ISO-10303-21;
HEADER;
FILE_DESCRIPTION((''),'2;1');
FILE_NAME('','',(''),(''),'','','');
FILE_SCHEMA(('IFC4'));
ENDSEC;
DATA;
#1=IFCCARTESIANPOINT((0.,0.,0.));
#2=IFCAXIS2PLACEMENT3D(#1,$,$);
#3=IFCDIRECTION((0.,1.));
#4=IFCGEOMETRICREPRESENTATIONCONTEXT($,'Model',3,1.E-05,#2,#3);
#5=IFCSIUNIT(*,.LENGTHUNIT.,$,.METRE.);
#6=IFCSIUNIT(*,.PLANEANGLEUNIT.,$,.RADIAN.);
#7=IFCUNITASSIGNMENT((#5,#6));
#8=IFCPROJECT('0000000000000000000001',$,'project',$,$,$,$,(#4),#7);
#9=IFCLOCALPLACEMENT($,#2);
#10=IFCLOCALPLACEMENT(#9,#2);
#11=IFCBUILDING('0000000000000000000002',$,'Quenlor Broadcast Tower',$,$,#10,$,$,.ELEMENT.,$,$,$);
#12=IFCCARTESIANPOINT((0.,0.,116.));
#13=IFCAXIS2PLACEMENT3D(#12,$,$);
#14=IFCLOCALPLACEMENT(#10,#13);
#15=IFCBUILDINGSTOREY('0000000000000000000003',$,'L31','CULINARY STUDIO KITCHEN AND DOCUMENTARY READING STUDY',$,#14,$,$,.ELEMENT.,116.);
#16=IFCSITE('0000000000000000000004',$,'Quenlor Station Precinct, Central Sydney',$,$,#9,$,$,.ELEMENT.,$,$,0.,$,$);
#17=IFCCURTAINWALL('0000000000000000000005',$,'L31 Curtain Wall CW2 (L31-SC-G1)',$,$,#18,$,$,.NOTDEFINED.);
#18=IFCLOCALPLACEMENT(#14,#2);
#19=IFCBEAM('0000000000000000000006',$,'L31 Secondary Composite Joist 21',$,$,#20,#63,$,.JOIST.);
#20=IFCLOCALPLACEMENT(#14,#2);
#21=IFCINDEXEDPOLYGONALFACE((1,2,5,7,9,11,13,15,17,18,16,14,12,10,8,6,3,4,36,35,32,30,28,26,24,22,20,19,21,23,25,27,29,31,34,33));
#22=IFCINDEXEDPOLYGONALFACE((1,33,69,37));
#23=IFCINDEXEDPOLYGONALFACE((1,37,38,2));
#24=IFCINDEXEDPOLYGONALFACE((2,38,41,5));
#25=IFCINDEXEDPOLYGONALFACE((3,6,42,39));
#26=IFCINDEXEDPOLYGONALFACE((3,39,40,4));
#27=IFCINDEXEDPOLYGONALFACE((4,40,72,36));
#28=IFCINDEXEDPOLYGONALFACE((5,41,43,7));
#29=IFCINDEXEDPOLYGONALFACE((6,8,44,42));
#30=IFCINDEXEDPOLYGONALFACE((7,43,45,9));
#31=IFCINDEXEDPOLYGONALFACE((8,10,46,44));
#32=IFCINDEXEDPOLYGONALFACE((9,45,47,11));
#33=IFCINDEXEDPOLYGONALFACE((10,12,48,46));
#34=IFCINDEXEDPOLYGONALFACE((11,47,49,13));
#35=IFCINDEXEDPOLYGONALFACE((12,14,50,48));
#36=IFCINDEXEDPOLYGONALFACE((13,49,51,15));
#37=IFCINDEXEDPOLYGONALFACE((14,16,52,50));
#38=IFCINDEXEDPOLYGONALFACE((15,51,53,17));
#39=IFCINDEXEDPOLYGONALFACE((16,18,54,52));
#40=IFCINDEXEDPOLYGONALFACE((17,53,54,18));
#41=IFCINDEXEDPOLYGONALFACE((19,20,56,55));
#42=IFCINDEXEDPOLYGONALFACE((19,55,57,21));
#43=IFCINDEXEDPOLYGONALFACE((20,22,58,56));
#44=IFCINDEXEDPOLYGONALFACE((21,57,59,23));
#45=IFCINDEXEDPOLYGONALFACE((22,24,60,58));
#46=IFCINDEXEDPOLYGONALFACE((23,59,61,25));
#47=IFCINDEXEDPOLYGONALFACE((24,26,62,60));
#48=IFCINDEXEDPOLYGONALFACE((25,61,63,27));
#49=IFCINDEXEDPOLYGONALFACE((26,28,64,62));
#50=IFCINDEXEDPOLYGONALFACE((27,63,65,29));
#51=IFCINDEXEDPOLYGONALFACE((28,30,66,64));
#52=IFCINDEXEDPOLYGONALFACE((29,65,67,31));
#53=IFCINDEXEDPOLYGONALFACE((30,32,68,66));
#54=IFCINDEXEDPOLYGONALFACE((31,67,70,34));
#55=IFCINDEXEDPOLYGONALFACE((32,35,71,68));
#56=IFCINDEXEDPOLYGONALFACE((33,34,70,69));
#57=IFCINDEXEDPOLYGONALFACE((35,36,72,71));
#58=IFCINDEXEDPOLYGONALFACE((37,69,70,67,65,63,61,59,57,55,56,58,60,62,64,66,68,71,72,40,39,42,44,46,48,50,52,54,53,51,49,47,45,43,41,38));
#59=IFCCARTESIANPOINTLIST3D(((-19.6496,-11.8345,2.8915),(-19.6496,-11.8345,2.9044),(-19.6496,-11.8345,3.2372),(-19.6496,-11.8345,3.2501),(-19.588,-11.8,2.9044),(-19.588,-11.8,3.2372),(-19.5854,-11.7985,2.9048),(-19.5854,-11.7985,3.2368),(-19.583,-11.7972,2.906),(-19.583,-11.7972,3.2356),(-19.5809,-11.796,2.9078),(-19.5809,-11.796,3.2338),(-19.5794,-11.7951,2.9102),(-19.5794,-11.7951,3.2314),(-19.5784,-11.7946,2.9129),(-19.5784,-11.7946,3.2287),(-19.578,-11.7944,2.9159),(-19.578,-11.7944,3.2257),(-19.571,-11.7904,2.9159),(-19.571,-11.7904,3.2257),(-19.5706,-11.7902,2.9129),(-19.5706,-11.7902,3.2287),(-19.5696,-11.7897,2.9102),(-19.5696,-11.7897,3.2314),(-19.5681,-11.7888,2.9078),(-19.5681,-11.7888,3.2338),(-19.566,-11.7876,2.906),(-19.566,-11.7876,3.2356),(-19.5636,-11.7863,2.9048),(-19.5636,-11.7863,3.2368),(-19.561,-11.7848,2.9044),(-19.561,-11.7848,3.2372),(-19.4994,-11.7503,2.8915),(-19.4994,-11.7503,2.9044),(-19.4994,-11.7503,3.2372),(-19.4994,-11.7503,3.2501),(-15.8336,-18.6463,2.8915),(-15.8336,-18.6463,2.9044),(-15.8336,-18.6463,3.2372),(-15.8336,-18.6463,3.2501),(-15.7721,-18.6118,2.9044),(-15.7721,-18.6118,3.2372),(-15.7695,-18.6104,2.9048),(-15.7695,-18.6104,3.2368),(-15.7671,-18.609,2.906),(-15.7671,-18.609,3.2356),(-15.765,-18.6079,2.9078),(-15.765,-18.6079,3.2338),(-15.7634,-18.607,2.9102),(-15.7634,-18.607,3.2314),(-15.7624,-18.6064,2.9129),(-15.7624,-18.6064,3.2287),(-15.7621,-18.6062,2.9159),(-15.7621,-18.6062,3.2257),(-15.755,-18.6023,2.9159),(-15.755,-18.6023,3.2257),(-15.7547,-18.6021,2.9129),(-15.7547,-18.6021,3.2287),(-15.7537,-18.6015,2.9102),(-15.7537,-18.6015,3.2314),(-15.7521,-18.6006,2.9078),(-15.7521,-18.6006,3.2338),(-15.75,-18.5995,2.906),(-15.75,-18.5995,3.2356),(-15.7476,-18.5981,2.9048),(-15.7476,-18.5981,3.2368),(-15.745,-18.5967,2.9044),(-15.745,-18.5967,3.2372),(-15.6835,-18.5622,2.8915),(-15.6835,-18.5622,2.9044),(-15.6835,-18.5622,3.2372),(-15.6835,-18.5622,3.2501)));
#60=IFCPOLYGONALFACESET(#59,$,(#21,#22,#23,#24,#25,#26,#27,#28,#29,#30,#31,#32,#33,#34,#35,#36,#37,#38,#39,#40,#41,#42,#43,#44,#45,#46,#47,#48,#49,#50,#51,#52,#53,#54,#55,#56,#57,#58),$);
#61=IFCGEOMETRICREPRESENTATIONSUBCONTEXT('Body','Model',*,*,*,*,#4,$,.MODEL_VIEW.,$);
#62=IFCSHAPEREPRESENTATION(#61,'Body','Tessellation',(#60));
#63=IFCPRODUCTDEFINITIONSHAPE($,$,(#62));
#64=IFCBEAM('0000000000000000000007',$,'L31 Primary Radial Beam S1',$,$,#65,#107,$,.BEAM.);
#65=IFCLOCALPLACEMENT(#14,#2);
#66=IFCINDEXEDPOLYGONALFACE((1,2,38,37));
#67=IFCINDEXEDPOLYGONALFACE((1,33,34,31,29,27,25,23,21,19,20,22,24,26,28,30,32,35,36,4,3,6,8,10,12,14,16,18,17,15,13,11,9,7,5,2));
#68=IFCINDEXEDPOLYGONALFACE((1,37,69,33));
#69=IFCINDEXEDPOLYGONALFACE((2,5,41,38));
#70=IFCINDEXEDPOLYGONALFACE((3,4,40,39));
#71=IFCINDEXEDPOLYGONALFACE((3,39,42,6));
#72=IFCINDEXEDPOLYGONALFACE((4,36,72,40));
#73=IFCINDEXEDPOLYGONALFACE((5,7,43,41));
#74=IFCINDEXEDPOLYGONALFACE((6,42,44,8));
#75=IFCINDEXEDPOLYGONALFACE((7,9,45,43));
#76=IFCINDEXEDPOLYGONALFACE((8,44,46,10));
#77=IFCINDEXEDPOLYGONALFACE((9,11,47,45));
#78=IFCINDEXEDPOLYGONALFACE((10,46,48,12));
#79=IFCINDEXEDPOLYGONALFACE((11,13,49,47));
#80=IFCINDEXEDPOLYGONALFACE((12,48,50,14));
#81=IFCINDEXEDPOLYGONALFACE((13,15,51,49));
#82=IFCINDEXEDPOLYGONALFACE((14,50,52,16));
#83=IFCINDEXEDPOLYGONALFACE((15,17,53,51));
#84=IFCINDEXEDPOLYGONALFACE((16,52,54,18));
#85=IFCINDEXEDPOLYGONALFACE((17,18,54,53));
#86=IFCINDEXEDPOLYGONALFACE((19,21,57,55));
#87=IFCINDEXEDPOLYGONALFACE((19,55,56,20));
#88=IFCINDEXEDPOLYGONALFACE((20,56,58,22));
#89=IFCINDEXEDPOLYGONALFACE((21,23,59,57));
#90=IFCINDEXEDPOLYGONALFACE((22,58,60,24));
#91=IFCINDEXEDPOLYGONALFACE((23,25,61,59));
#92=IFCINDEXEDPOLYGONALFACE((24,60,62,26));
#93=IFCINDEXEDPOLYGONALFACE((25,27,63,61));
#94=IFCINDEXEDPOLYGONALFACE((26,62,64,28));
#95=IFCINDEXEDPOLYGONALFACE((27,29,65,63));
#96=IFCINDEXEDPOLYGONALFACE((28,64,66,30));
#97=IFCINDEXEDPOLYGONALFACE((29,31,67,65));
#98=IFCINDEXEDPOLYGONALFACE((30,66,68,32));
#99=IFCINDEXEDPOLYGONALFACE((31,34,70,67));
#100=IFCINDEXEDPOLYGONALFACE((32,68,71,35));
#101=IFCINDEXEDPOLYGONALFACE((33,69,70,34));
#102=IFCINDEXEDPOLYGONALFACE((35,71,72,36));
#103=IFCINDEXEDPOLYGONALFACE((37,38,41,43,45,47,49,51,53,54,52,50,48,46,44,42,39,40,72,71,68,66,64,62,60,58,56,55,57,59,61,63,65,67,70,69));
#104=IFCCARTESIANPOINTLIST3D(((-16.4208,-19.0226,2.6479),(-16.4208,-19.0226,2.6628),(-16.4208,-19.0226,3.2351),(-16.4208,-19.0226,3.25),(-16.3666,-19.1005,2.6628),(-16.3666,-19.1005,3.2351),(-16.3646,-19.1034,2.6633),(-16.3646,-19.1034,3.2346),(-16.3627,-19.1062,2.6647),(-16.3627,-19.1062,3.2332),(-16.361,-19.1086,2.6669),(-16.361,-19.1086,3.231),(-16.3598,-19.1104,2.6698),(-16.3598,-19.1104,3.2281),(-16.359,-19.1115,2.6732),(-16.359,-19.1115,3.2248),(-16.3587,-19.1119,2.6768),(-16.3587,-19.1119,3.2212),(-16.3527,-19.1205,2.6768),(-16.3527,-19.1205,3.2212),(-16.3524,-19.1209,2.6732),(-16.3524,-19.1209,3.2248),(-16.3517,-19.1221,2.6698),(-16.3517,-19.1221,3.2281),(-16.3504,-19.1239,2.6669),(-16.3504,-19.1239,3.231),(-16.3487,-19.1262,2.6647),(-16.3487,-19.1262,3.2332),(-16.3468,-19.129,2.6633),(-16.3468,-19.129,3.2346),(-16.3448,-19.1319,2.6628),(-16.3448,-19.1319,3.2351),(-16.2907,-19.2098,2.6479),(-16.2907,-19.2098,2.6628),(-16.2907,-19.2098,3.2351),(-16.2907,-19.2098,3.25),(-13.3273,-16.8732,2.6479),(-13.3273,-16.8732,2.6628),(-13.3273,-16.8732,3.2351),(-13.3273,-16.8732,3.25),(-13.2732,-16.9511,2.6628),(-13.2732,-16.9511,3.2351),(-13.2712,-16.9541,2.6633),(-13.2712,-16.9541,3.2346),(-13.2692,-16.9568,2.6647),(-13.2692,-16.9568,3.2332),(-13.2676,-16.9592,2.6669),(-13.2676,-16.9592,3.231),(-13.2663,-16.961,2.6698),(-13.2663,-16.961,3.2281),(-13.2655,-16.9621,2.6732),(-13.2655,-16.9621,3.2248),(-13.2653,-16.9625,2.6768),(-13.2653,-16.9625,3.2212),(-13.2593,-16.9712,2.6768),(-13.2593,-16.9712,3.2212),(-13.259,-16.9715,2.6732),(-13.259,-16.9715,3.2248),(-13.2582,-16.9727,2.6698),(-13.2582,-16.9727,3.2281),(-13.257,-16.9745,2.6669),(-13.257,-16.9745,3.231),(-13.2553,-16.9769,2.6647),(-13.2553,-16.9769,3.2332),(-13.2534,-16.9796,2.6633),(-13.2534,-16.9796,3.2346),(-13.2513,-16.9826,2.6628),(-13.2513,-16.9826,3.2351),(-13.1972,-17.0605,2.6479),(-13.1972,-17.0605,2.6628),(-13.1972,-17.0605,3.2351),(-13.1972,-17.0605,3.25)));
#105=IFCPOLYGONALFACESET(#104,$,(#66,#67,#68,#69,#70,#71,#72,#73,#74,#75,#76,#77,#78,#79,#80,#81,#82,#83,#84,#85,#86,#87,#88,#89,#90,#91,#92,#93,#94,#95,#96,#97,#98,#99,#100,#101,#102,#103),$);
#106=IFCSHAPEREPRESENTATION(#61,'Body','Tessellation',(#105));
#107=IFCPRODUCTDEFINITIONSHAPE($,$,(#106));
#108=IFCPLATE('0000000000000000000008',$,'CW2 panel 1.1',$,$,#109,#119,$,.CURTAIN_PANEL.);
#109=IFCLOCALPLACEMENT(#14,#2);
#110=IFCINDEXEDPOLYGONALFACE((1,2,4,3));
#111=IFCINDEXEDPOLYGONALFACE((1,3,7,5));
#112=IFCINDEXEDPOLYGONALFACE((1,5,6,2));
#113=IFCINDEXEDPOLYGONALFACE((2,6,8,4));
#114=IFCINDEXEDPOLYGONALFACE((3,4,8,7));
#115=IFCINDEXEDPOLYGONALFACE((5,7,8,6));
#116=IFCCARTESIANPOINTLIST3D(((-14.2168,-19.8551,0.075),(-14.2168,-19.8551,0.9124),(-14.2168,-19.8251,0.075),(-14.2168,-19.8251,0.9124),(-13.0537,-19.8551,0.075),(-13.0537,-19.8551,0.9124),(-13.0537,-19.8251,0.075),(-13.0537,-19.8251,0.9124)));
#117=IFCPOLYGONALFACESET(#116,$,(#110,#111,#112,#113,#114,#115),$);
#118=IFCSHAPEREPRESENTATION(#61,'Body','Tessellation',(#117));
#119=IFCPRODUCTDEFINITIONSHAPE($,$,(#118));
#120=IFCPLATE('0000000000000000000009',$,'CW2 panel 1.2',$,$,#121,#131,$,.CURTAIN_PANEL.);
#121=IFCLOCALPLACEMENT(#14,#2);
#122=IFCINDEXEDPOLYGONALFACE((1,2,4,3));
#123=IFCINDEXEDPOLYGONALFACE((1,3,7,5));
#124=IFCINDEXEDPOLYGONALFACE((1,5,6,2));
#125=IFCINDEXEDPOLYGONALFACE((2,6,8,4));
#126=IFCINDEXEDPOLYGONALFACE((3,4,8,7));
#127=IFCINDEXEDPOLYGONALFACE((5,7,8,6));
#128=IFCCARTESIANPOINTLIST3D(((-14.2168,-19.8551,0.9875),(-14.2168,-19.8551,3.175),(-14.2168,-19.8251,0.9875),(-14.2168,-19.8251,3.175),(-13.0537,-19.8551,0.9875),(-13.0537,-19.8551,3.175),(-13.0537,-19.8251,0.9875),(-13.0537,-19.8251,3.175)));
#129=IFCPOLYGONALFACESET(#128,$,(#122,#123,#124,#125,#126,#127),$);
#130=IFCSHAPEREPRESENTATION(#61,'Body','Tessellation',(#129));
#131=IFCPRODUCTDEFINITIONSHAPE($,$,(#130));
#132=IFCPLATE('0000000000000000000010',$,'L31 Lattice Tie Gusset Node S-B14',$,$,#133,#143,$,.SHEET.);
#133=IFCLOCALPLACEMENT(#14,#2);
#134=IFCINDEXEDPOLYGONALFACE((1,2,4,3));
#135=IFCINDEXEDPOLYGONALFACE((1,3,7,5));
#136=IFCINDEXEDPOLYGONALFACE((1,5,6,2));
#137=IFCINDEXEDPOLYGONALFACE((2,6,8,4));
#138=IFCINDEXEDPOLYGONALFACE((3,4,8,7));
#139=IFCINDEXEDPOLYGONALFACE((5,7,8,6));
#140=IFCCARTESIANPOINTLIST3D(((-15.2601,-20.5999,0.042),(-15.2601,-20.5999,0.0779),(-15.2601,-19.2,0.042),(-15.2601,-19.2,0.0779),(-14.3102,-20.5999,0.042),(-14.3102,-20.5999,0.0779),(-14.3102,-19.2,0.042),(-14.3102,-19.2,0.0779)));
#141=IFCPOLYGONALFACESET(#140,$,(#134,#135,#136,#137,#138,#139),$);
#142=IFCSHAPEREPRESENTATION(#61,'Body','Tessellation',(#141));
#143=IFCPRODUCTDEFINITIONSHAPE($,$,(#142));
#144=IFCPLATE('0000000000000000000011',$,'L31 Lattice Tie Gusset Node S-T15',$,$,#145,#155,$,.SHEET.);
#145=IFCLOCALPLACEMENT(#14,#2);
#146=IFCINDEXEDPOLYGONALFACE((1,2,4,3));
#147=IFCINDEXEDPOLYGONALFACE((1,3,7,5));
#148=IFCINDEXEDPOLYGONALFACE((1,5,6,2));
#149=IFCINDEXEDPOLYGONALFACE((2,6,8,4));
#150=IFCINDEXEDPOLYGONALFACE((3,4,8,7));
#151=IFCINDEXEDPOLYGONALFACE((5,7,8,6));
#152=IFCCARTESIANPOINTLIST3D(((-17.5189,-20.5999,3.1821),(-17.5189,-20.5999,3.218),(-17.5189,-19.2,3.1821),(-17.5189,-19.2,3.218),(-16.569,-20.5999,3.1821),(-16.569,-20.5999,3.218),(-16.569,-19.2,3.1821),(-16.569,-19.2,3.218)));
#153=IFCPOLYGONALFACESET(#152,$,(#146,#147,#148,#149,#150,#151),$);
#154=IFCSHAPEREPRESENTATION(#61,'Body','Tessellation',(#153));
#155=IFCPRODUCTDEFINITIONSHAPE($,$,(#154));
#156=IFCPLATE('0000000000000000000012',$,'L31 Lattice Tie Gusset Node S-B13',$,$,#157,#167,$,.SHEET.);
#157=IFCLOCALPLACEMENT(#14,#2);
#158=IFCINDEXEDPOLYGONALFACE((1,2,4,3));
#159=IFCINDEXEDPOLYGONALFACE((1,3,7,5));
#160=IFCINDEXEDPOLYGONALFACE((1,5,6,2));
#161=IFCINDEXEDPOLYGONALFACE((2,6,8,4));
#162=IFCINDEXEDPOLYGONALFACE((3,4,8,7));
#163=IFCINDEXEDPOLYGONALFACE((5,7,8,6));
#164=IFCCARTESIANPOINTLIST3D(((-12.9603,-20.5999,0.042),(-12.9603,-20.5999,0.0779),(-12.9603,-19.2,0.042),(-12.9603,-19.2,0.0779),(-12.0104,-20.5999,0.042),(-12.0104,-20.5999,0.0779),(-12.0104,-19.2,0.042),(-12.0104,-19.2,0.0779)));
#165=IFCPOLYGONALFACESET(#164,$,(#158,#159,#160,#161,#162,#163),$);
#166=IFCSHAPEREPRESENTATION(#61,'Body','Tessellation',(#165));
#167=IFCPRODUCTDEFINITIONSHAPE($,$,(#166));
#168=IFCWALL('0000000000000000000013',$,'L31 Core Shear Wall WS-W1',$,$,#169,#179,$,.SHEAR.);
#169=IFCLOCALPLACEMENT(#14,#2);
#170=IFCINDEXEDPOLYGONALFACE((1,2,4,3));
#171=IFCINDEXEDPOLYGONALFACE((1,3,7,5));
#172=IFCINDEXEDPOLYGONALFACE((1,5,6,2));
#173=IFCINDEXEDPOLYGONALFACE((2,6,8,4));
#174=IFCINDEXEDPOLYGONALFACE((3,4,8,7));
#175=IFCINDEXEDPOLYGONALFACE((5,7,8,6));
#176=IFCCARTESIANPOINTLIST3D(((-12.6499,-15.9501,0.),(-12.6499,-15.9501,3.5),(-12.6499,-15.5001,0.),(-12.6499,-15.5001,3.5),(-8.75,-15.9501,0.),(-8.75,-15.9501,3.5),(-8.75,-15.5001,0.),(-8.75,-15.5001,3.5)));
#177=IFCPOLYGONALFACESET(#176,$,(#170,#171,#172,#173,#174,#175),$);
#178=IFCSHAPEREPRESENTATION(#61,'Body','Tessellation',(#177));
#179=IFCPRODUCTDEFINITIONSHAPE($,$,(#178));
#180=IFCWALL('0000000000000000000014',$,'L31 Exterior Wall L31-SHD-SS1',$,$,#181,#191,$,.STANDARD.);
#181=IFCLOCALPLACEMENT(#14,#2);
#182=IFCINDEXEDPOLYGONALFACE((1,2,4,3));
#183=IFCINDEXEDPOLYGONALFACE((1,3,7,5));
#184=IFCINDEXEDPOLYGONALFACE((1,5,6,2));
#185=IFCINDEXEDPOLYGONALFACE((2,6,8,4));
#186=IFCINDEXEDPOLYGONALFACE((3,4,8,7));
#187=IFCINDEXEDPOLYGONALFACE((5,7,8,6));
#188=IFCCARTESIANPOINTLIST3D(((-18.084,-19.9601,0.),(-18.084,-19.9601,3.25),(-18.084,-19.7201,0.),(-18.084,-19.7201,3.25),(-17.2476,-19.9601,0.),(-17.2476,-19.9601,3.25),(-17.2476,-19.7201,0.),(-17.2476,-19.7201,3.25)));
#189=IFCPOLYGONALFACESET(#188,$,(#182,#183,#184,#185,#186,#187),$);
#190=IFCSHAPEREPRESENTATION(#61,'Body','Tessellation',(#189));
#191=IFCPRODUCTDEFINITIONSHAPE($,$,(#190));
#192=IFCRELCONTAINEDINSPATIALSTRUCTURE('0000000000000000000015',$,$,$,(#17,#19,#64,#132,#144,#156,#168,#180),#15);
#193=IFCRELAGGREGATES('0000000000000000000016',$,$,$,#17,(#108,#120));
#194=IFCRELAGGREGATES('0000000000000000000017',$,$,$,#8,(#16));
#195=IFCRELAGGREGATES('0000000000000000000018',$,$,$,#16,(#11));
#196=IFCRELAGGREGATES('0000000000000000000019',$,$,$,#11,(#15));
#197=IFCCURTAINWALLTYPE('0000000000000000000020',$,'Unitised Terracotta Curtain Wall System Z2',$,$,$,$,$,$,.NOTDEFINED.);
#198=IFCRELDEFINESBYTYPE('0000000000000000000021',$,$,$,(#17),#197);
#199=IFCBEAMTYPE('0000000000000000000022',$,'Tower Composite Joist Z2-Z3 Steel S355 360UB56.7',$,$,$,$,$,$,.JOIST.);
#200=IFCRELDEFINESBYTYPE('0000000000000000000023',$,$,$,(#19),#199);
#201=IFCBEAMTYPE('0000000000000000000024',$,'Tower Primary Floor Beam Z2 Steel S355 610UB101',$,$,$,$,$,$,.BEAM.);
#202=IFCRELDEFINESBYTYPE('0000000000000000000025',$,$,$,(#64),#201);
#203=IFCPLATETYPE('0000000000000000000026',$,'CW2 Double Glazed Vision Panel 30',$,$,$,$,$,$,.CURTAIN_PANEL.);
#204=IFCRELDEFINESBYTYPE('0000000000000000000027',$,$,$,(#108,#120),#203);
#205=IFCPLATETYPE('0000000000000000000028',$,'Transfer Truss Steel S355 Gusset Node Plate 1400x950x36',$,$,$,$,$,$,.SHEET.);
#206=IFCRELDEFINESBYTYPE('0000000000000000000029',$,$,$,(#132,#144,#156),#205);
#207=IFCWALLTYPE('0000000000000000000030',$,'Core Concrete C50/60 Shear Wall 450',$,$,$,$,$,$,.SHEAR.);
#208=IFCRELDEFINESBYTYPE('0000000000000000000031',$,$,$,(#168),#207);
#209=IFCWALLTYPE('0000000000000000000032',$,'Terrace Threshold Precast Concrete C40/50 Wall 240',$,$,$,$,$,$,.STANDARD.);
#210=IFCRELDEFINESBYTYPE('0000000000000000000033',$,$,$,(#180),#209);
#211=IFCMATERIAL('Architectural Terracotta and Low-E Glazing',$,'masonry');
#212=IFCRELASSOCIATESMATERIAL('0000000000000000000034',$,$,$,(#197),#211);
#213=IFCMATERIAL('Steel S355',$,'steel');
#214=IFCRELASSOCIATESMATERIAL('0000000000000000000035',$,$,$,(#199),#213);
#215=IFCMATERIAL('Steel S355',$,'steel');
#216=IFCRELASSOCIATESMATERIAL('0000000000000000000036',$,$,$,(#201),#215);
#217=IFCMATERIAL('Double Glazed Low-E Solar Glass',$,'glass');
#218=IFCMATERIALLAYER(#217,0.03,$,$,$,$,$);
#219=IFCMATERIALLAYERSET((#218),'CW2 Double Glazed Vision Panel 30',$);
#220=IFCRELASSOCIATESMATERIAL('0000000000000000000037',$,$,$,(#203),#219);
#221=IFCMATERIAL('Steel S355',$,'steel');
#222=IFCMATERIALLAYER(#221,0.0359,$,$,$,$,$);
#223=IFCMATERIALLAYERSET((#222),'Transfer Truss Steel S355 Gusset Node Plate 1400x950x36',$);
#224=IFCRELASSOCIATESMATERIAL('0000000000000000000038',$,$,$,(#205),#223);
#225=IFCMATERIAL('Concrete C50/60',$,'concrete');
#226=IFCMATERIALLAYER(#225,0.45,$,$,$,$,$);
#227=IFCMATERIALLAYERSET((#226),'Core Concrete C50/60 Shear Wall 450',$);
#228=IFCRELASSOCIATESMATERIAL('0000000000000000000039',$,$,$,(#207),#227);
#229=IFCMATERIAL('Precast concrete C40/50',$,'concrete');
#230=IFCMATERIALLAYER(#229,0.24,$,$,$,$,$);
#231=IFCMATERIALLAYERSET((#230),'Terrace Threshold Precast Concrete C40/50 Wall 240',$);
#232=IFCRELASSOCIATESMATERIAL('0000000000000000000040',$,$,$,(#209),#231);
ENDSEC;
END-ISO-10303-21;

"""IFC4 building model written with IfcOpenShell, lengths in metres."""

from ifc_helpers import new_model, si_unit, direction, frame, frame_2d, origin, origin_2d, place, context, subcontext, project, spatial, rectangle, i_section, extrude, material, layer, layer_set, material_profile, profile_set, type_object, element, aggregate, save


model = new_model("IFC4")

# Units and contexts
model_context = context("Model", 3, precision=1e-05, world=origin(), true_north=direction((0.0, 1.0)))
body_context = subcontext(model_context, "Body", "Model", "MODEL_VIEW")
ifc_project = project(units=[si_unit("LENGTHUNIT", "METRE"), si_unit("PLANEANGLEUNIT", "RADIAN")], contexts=[model_context])

# Site, building, storey
site_placement = place(None, origin())
site = spatial("IfcSite", under=ifc_project, at=site_placement, Name="Quenlor Station Precinct, Central Sydney", CompositionType="ELEMENT", RefElevation=0.0)
building_placement = place(site_placement, origin())
building = spatial("IfcBuilding", under=site, at=building_placement, Name="Quenlor Broadcast Tower", CompositionType="ELEMENT")
storey_placement = place(building_placement, frame((0.0, 0.0, 116.0)))
storey = spatial("IfcBuildingStorey", under=building, at=storey_placement, Name="L31", Description="CULINARY STUDIO KITCHEN AND DOCUMENTARY READING STUDY", CompositionType="ELEMENT", Elevation=116.0)

# Curtain wall
ifc_material_1 = material(Name="Architectural Terracotta and Low-E Glazing", Category="masonry")
curtain_wall_type = type_object("IfcCurtainWallType", Name="Unitised Terracotta Curtain Wall System Z2", PredefinedType="NOTDEFINED", material=ifc_material_1)
curtain_wall_placement = place(storey_placement, origin())
curtain_wall = element("IfcCurtainWall", 1, at=curtain_wall_placement, inside=storey, type_object=curtain_wall_type, Name="L31 Curtain Wall CW2 (L31-SC-G1)", PredefinedType="NOTDEFINED")

# Beams
ifc_material_2 = material(Name="Steel S355", Category="steel")
ifc_material_profile_1 = material_profile(ifc_material_2, i_section(OverallWidth=0.1721, OverallDepth=0.3586, WebThickness=0.0081, FlangeThickness=0.0129, FilletRadius=0.0115, at=origin_2d()))
ifc_profile_set_1 = profile_set([ifc_material_profile_1], Name="Steel S355 360UB56.7")
beam_type_1 = type_object("IfcBeamType", Name="Tower Composite Joist Z2-Z3 Steel S355 360UB56.7", PredefinedType="JOIST", material=ifc_profile_set_1)
beam_1_placement = place(storey_placement, frame((-15.7585, -18.6042, 3.0708), z_axis=(-0.488733, 0.872433, 0.0), x_axis=(-0.872433, -0.488733, 0.0)))
element("IfcBeam", 2, at=beam_1_placement, inside=storey, type_object=beam_type_1, Name="L31 Secondary Composite Joist 21", PredefinedType="JOIST", context=body_context, shape_type="SweptSolid", body=[
    extrude(i_section(OverallWidth=0.1721, OverallDepth=0.3586, WebThickness=0.0081, FlangeThickness=0.0129, FilletRadius=0.0115, at=origin_2d()), origin(), (0.0, 0.0, 1.0), 7.8079),
])
ifc_material_3 = material(Name="Steel S355", Category="steel")
ifc_material_profile_2 = material_profile(ifc_material_3, i_section(OverallWidth=0.228, OverallDepth=0.6021, WebThickness=0.0105, FlangeThickness=0.0149, FilletRadius=0.0139, at=origin_2d()))
ifc_profile_set_2 = profile_set([ifc_material_profile_2], Name="Steel S355 610UB101")
beam_type_2 = type_object("IfcBeamType", Name="Tower Primary Floor Beam Z2 Steel S355 610UB101", PredefinedType="BEAM", material=ifc_profile_set_2)
beam_2_placement = place(storey_placement, frame((-16.3557, -19.1162, 2.949), z_axis=(0.821227, 0.570601, 0.0), x_axis=(-0.570601, 0.821227, 0.0)))
element("IfcBeam", 3, at=beam_2_placement, inside=storey, type_object=beam_type_2, Name="L31 Primary Radial Beam S1", PredefinedType="BEAM", context=body_context, shape_type="SweptSolid", body=[
    extrude(i_section(OverallWidth=0.228, OverallDepth=0.6021, WebThickness=0.0105, FlangeThickness=0.0149, FilletRadius=0.0139, at=origin_2d()), origin(), (0.0, 0.0, 1.0), 3.7668),
])

# Plates
ifc_material_4 = material(Name="Double Glazed Low-E Solar Glass", Category="glass")
ifc_layer_1 = layer(ifc_material_4, 0.03)
ifc_layer_set_1 = layer_set([ifc_layer_1], Name="CW2 Double Glazed Vision Panel 30")
plate_type_1 = type_object("IfcPlateType", Name="CW2 Double Glazed Vision Panel 30", PredefinedType="CURTAIN_PANEL", material=ifc_layer_set_1)
plate_1_placement = place(storey_placement, frame((-13.6353, -19.8401, 0.075), z_axis=(0.0, 0.0, 1.0), x_axis=(-1.0, 0.0, 0.0)))
plate_1 = element("IfcPlate", 4, at=plate_1_placement, type_object=plate_type_1, Name="CW2 panel 1.1", PredefinedType="CURTAIN_PANEL", context=body_context, shape_type="SweptSolid", body=[
    extrude(rectangle(XDim=1.1631, YDim=0.03, at=origin_2d()), origin(), (0.0, 0.0, 1.0), 0.8374),
])
plate_2_placement = place(storey_placement, frame((-13.6353, -19.8401, 0.9875), z_axis=(0.0, 0.0, 1.0), x_axis=(-1.0, 0.0, 0.0)))
plate_2 = element("IfcPlate", 5, at=plate_2_placement, type_object=plate_type_1, Name="CW2 panel 1.2", PredefinedType="CURTAIN_PANEL", context=body_context, shape_type="SweptSolid", body=[
    extrude(rectangle(XDim=1.1631, YDim=0.03, at=origin_2d()), origin(), (0.0, 0.0, 1.0), 2.1875),
])
aggregate(curtain_wall, [plate_1, plate_2])

# Plates
ifc_material_5 = material(Name="Steel S355", Category="steel")
ifc_layer_2 = layer(ifc_material_5, 0.0359)
ifc_layer_set_2 = layer_set([ifc_layer_2], Name="Transfer Truss Steel S355 Gusset Node Plate 1400x950x36")
plate_type_2 = type_object("IfcPlateType", Name="Transfer Truss Steel S355 Gusset Node Plate 1400x950x36", PredefinedType="SHEET", material=ifc_layer_set_2)
for number, where, z_axis, x_axis, name in (
    (6, (-14.7852, -19.8999, 0.042), (0.0, 0.0, 1.0), (0.0, -1.0, 0.0), "L31 Lattice Tie Gusset Node S-B14"),
    (7, (-17.0439, -19.8999, 3.1821), (0.0, 0.0, 1.0), (0.0, -1.0, 0.0), "L31 Lattice Tie Gusset Node S-T15"),
    (8, (-12.4854, -19.8999, 0.042), (0.0, 0.0, 1.0), (0.0, -1.0, 0.0), "L31 Lattice Tie Gusset Node S-B13"),
):
    element("IfcPlate", number, at=place(storey_placement, frame(where, z_axis=z_axis, x_axis=x_axis)), inside=storey, type_object=plate_type_2, Name=name, PredefinedType="SHEET", context=body_context, shape_type="SweptSolid", body=[
        extrude(rectangle(XDim=1.3999, YDim=0.95, at=origin_2d()), origin(), (0.0, 0.0, 1.0), 0.0359),
    ])

# Walls
ifc_material_6 = material(Name="Concrete C50/60", Category="concrete")
ifc_layer_3 = layer(ifc_material_6, 0.45)
ifc_layer_set_3 = layer_set([ifc_layer_3], Name="Core Concrete C50/60 Shear Wall 450")
wall_type_1 = type_object("IfcWallType", Name="Core Concrete C50/60 Shear Wall 450", PredefinedType="SHEAR", material=ifc_layer_set_3)
wall_1_placement = place(storey_placement, frame((-12.6499, -15.7251, 0.0), z_axis=(0.0, 0.0, 1.0), x_axis=(1.0, 0.0, 0.0)))
element("IfcWall", 9, at=wall_1_placement, inside=storey, type_object=wall_type_1, Name="L31 Core Shear Wall WS-W1", PredefinedType="SHEAR", context=body_context, shape_type="SweptSolid", body=[
    extrude(rectangle(XDim=3.8999, YDim=0.45, at=frame_2d((1.95, 0.0))), origin(), (0.0, 0.0, 1.0), 3.5),
])
ifc_material_7 = material(Name="Precast concrete C40/50", Category="concrete")
ifc_layer_4 = layer(ifc_material_7, 0.24)
ifc_layer_set_4 = layer_set([ifc_layer_4], Name="Terrace Threshold Precast Concrete C40/50 Wall 240")
wall_type_2 = type_object("IfcWallType", Name="Terrace Threshold Precast Concrete C40/50 Wall 240", PredefinedType="STANDARD", material=ifc_layer_set_4)
wall_2_placement = place(storey_placement, frame((-17.2476, -19.8401, 0.0), z_axis=(0.0, 0.0, 1.0), x_axis=(-1.0, 0.0, 0.0)))
element("IfcWall", 10, at=wall_2_placement, inside=storey, type_object=wall_type_2, Name="L31 Exterior Wall L31-SHD-SS1", PredefinedType="STANDARD", context=body_context, shape_type="SweptSolid", body=[
    extrude(rectangle(XDim=0.8364, YDim=0.24, at=frame_2d((0.4182, 0.0))), origin(), (0.0, 0.0, 1.0), 3.25),
])

save(model, "model.ifc")
